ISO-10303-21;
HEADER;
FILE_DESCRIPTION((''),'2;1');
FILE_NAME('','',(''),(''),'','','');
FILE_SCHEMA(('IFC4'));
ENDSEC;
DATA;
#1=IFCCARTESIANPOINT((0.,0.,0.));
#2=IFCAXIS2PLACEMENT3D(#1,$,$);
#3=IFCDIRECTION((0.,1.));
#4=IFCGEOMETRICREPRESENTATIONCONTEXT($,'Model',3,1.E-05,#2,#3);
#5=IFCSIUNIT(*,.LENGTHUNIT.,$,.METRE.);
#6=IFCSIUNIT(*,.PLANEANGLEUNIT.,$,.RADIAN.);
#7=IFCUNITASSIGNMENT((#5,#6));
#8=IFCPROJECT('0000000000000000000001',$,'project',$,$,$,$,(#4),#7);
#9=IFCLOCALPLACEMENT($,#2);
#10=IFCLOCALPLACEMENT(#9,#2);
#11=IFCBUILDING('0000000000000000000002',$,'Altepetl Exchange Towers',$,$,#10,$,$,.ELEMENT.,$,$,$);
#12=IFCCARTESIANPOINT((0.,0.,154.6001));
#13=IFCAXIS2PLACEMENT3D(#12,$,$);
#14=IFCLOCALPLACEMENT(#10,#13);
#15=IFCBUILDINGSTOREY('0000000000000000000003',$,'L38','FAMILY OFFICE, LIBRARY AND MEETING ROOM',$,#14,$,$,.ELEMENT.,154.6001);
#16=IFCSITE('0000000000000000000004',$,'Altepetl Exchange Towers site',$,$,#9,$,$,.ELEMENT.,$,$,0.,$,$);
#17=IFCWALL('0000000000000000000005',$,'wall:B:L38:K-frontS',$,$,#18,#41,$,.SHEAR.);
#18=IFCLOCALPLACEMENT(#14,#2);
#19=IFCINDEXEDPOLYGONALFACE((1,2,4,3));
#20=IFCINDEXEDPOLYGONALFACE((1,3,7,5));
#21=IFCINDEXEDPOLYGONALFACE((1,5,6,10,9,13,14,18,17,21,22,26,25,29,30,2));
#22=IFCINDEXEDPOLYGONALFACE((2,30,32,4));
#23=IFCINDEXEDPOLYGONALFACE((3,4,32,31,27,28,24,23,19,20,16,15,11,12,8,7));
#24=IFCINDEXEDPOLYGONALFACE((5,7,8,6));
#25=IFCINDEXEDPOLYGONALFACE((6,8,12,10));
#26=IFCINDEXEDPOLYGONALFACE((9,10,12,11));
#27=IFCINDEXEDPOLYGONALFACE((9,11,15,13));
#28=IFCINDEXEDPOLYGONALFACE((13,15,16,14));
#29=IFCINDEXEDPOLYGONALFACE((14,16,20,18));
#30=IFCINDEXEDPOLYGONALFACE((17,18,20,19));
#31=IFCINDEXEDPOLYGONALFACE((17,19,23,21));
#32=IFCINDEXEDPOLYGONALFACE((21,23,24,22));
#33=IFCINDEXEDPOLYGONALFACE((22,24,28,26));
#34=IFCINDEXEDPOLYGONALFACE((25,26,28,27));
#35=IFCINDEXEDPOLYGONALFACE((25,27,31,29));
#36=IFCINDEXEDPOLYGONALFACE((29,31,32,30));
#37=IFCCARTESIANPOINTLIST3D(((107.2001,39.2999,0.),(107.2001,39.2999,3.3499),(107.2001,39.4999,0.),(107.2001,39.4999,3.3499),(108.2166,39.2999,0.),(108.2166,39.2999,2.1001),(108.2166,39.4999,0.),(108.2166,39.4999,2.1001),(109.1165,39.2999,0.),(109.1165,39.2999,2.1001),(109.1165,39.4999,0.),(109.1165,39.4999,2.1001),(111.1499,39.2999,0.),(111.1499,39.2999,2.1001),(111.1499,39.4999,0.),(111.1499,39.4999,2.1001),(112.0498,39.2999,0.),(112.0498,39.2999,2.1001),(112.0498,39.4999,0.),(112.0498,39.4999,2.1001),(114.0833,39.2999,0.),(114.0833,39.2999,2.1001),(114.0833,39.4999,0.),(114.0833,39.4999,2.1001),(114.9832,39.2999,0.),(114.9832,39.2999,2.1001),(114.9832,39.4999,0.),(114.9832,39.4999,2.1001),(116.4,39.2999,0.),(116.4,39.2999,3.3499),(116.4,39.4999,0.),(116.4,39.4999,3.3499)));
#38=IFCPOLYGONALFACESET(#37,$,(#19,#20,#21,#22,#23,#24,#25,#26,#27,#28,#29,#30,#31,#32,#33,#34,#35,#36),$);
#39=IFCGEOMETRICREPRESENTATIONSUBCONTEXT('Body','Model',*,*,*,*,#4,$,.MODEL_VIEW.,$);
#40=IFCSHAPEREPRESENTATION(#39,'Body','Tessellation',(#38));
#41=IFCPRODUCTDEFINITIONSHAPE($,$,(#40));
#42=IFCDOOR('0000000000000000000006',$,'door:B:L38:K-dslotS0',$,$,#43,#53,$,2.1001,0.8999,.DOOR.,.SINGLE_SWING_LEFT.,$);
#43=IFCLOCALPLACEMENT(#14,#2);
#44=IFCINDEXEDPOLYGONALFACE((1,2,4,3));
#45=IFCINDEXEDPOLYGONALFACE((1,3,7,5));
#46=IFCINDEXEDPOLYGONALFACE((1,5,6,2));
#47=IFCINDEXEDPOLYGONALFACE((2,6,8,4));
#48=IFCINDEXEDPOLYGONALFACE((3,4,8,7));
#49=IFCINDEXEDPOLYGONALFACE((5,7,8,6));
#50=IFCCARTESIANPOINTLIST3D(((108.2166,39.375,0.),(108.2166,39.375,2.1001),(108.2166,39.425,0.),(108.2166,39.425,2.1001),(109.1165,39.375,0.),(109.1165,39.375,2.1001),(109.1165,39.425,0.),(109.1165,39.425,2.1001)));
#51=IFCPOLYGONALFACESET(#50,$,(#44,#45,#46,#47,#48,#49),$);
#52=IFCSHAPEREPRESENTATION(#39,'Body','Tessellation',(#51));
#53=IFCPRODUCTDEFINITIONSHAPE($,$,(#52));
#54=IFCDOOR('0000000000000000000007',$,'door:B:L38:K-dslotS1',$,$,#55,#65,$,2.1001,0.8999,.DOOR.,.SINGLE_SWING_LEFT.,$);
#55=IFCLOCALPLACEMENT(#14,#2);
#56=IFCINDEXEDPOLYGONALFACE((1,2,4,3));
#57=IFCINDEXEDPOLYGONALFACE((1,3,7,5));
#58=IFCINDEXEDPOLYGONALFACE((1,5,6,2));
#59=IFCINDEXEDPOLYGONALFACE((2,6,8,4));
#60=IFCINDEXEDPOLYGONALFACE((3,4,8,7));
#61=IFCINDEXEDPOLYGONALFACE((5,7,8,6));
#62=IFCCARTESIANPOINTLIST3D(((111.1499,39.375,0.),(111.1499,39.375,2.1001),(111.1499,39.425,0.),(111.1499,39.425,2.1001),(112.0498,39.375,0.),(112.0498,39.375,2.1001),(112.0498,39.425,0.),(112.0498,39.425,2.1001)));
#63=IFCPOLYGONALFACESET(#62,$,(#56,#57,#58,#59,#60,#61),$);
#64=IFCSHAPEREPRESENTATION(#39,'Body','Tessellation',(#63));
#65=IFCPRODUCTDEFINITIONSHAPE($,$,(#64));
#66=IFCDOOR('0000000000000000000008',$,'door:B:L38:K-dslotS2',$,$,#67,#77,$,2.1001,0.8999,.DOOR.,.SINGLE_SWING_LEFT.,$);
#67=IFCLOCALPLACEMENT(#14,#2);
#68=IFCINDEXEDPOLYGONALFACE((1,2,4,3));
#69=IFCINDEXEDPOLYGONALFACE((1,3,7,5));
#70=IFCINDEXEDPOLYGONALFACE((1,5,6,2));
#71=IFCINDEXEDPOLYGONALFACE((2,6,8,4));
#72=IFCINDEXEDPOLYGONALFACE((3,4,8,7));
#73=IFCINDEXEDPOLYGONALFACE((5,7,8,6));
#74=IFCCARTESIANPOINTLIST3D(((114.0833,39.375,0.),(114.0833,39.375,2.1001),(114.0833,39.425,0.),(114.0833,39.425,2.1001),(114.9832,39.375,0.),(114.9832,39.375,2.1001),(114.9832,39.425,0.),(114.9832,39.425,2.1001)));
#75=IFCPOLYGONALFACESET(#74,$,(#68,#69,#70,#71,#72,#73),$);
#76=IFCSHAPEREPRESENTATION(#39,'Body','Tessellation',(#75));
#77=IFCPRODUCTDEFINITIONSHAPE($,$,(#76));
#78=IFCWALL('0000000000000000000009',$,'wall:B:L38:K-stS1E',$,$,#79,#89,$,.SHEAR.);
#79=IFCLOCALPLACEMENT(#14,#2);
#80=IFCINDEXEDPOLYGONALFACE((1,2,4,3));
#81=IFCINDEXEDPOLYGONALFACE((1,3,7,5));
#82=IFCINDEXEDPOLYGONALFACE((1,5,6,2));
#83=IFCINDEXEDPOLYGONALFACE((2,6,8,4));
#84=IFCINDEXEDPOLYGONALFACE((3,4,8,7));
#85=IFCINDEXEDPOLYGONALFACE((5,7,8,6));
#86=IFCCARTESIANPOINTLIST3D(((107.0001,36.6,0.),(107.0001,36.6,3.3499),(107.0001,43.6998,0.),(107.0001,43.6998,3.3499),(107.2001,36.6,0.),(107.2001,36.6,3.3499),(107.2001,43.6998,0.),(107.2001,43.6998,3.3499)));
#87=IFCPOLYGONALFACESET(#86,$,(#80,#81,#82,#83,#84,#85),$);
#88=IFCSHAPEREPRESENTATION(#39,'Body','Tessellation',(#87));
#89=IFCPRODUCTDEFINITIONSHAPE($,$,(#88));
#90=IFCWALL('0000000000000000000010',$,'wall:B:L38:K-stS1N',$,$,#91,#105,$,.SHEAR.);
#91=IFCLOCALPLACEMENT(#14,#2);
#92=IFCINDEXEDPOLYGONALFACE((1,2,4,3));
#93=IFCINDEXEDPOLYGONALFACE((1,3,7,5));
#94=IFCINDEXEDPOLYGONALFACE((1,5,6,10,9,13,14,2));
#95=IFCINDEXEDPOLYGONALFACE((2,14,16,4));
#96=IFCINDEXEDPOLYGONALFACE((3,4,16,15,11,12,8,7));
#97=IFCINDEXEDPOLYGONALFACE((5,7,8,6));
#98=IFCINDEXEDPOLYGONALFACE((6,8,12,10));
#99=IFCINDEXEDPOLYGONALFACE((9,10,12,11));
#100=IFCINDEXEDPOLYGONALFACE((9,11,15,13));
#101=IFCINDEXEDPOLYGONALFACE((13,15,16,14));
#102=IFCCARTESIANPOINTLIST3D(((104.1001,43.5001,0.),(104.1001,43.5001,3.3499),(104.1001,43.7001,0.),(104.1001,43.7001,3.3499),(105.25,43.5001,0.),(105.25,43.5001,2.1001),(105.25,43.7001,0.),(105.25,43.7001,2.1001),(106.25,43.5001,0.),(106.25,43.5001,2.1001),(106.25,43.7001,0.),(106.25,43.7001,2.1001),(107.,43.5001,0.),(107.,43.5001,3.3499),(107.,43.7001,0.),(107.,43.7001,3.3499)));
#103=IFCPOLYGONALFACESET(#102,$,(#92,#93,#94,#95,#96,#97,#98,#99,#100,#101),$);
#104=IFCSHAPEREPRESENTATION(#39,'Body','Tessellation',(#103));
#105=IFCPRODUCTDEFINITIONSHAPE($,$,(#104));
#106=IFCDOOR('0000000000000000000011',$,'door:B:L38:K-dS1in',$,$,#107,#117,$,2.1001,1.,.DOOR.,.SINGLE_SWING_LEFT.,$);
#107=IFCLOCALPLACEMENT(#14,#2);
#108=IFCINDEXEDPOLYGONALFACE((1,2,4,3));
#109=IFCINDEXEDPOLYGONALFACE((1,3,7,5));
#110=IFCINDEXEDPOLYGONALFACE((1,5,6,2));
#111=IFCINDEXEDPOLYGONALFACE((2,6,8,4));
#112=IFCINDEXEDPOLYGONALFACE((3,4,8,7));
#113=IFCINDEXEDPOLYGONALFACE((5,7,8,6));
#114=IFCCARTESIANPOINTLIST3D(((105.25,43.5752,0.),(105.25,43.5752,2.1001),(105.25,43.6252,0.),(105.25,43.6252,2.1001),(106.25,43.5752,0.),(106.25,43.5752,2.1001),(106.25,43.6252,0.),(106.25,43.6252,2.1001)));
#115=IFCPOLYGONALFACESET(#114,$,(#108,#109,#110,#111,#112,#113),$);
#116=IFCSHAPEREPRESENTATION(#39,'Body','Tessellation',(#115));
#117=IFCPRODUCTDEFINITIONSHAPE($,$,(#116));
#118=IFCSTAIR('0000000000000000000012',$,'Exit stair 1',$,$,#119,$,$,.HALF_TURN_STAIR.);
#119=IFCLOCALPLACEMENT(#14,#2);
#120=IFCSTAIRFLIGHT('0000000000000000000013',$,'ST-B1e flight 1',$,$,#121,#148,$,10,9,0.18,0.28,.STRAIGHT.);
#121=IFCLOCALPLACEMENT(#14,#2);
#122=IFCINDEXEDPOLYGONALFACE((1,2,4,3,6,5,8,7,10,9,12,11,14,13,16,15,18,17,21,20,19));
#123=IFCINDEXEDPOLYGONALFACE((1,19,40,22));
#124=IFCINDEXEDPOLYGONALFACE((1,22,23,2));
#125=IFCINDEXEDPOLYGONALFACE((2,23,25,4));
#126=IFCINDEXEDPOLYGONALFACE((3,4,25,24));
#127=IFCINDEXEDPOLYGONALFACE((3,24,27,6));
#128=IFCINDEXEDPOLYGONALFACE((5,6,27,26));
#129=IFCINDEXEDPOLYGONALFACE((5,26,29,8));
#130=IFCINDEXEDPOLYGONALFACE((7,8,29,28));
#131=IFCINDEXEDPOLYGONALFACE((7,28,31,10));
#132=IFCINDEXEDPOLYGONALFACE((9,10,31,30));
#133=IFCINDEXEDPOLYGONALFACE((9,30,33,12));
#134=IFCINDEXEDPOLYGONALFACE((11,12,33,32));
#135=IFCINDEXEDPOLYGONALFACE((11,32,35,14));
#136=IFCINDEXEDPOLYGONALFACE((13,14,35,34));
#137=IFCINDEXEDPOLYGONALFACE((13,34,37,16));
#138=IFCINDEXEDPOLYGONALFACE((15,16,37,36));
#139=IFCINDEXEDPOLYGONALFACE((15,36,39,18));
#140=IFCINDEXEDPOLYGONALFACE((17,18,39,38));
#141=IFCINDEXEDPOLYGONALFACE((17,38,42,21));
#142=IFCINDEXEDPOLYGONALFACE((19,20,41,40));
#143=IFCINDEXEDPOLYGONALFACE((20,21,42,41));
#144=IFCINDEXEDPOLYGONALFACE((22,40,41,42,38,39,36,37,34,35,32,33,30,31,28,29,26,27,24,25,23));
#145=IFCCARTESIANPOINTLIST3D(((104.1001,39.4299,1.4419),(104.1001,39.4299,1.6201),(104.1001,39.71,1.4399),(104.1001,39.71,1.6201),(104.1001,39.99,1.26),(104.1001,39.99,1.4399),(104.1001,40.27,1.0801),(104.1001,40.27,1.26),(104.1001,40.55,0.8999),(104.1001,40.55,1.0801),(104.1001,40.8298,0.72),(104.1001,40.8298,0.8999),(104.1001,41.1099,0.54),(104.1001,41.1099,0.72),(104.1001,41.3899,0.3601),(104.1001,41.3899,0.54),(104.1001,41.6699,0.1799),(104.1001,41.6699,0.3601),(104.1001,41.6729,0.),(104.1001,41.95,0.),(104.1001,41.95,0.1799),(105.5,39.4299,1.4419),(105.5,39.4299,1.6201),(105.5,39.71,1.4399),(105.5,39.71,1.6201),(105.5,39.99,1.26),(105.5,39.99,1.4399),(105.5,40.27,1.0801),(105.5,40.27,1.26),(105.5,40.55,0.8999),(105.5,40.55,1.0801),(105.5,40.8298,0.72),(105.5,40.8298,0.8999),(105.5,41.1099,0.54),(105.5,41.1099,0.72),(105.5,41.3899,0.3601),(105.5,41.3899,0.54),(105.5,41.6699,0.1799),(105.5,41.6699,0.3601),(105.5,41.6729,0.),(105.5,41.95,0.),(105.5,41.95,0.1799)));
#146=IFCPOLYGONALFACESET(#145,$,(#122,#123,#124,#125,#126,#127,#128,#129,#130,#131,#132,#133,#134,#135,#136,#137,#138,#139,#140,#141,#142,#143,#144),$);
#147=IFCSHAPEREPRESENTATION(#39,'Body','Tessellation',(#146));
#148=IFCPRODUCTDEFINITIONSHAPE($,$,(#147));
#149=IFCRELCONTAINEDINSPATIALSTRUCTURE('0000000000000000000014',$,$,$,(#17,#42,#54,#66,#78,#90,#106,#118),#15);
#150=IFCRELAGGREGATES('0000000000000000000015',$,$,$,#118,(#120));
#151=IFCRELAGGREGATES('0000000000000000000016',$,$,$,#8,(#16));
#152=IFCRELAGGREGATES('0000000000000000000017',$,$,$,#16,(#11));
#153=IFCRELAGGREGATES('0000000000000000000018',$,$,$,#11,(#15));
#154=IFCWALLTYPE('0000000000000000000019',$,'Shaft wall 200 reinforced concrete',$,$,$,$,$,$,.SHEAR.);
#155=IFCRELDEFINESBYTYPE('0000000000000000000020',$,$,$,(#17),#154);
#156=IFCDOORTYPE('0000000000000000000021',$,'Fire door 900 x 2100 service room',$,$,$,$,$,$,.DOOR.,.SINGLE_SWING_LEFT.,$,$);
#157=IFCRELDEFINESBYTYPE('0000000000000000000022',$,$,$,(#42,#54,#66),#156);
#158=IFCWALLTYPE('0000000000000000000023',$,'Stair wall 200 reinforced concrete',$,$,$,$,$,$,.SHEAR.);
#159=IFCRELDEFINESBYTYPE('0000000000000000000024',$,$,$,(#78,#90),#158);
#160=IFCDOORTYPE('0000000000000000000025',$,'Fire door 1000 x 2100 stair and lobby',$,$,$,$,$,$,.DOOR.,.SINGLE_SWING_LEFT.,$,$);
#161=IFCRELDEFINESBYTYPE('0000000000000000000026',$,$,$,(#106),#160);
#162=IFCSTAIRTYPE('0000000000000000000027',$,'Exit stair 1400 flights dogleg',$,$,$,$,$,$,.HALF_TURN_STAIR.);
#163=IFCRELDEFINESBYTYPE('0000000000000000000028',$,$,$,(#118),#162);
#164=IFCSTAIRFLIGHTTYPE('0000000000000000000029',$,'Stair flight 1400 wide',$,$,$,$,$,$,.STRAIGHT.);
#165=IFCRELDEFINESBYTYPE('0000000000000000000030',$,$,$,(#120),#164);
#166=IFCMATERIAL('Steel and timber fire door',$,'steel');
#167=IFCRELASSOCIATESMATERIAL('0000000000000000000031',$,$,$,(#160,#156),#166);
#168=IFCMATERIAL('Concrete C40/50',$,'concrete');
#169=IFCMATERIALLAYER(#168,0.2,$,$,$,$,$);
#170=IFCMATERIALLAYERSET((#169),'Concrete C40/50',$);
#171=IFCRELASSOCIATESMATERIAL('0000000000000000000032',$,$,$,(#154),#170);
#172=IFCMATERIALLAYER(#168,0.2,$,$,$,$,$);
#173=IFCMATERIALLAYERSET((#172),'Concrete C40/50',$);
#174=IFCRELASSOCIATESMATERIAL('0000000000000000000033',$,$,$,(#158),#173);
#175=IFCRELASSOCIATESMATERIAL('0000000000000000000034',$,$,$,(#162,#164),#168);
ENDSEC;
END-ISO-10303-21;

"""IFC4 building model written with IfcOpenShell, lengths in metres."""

from ifc_helpers import new_model, si_unit, direction, frame, frame_2d, origin, place, context, subcontext, project, spatial, polyline, rectangle, outline, extrude, material, layer, layer_set, type_object, element, fill, aggregate, save


model = new_model("IFC4")

# Units and contexts
model_context = context("Model", 3, precision=1e-05, world=origin(), true_north=direction((0.0, 1.0)))
body_context = subcontext(model_context, "Body", "Model", "MODEL_VIEW")
ifc_project = project(units=[si_unit("LENGTHUNIT", "METRE"), si_unit("PLANEANGLEUNIT", "RADIAN")], contexts=[model_context])

# Site, building, storey
site_placement = place(None, origin())
site = spatial("IfcSite", under=ifc_project, at=site_placement, Name="Altepetl Exchange Towers site", CompositionType="ELEMENT", RefElevation=0.0)
building_placement = place(site_placement, origin())
building = spatial("IfcBuilding", under=site, at=building_placement, Name="Altepetl Exchange Towers", CompositionType="ELEMENT")
storey_placement = place(building_placement, frame((0.0, 0.0, 154.6001)))
storey = spatial("IfcBuildingStorey", under=building, at=storey_placement, Name="L38", Description="FAMILY OFFICE, LIBRARY AND MEETING ROOM", CompositionType="ELEMENT", Elevation=154.6001)

# Shared definitions
ifc_material_1 = material(Name="Steel and timber fire door", Category="steel")
door_type_1 = type_object("IfcDoorType", Name="Fire door 1000 x 2100 stair and lobby", OperationType="SINGLE_SWING_LEFT", PredefinedType="DOOR", material=ifc_material_1)

# Shared definitions
door_type_2 = type_object("IfcDoorType", Name="Fire door 900 x 2100 service room", OperationType="SINGLE_SWING_LEFT", PredefinedType="DOOR", material=ifc_material_1)
ifc_material_2 = material(Name="Concrete C40/50", Category="concrete")
ifc_layer_1 = layer(ifc_material_2, 0.2)
ifc_layer_set_1 = layer_set([ifc_layer_1], Name="Concrete C40/50")
wall_type_1 = type_object("IfcWallType", Name="Shaft wall 200 reinforced concrete", PredefinedType="SHEAR", material=ifc_layer_set_1)

# Wall, openings, doors
wall_1_placement = place(storey_placement, frame((107.2, 39.3999, 0.0)))
wall_1 = element("IfcWall", 1, at=wall_1_placement, inside=storey, type_object=wall_type_1, Name="wall:B:L38:K-frontS", PredefinedType="SHEAR", context=body_context, shape_type="SweptSolid", body=[
    extrude(rectangle(XDim=9.2, YDim=0.2, at=frame_2d((4.6001, 0.0))), origin(), (0.0, 0.0, 1.0), 3.3499),
])
opening_1_placement = place(wall_1_placement, frame((1.0166, 0.0, 0.0)))
opening_1 = element("IfcOpeningElement", 2, at=opening_1_placement, cuts=wall_1, PredefinedType="OPENING", context=body_context, shape_type="SweptSolid", body=[
    extrude(rectangle(XDim=0.8999, YDim=2.1001, at=frame_2d((0.45, 1.05))), frame((0.0, 0.1099, 0.0), z_axis=(0.0, -1.0, 0.0), x_axis=(1.0, 0.0, 0.0)), (0.0, 0.0, 1.0), 0.22),
])
opening_2_placement = place(wall_1_placement, frame((3.95, 0.0, 0.0)))
opening_2 = element("IfcOpeningElement", 3, at=opening_2_placement, cuts=wall_1, PredefinedType="OPENING", context=body_context, shape_type="SweptSolid", body=[
    extrude(rectangle(XDim=0.8999, YDim=2.1001, at=frame_2d((0.45, 1.05))), frame((0.0, 0.1099, 0.0), z_axis=(0.0, -1.0, 0.0), x_axis=(1.0, 0.0, 0.0)), (0.0, 0.0, 1.0), 0.22),
])
opening_3_placement = place(wall_1_placement, frame((6.8833, 0.0, 0.0)))
opening_3 = element("IfcOpeningElement", 4, at=opening_3_placement, cuts=wall_1, PredefinedType="OPENING", context=body_context, shape_type="SweptSolid", body=[
    extrude(rectangle(XDim=0.8999, YDim=2.1001, at=frame_2d((0.45, 1.05))), frame((0.0, 0.1099, 0.0), z_axis=(0.0, -1.0, 0.0), x_axis=(1.0, 0.0, 0.0)), (0.0, 0.0, 1.0), 0.22),
])
door_1_placement = place(opening_1_placement, frame((0.8999, 0.0, 0.0), x_axis=(-1.0, 0.0, 0.0)))
door_1 = element("IfcDoor", 5, at=door_1_placement, inside=storey, type_object=door_type_2, Name="door:B:L38:K-dslotS0", OperationType="SINGLE_SWING_LEFT", OverallHeight=2.1001, OverallWidth=0.8999, PredefinedType="DOOR", context=body_context, shape_type="SweptSolid", body=[
    extrude(rectangle(XDim=0.8999, YDim=2.1001, at=frame_2d((0.45, 1.05))), frame((0.0, 0.0249, 0.0), z_axis=(0.0, -1.0, 0.0), x_axis=(1.0, 0.0, 0.0)), (0.0, 0.0, 1.0), 0.05),
])
fill(opening_1, door_1)
door_2_placement = place(opening_2_placement, frame((0.8999, 0.0, 0.0), x_axis=(-1.0, 0.0, 0.0)))
door_2 = element("IfcDoor", 6, at=door_2_placement, inside=storey, type_object=door_type_2, Name="door:B:L38:K-dslotS1", OperationType="SINGLE_SWING_LEFT", OverallHeight=2.1001, OverallWidth=0.8999, PredefinedType="DOOR", context=body_context, shape_type="SweptSolid", body=[
    extrude(rectangle(XDim=0.8999, YDim=2.1001, at=frame_2d((0.45, 1.05))), frame((0.0, 0.0249, 0.0), z_axis=(0.0, -1.0, 0.0), x_axis=(1.0, 0.0, 0.0)), (0.0, 0.0, 1.0), 0.05),
])
fill(opening_2, door_2)
door_3_placement = place(opening_3_placement, frame((0.8999, 0.0, 0.0), x_axis=(-1.0, 0.0, 0.0)))
door_3 = element("IfcDoor", 7, at=door_3_placement, inside=storey, type_object=door_type_2, Name="door:B:L38:K-dslotS2", OperationType="SINGLE_SWING_LEFT", OverallHeight=2.1001, OverallWidth=0.8999, PredefinedType="DOOR", context=body_context, shape_type="SweptSolid", body=[
    extrude(rectangle(XDim=0.8999, YDim=2.1001, at=frame_2d((0.45, 1.05))), frame((0.0, 0.0249, 0.0), z_axis=(0.0, -1.0, 0.0), x_axis=(1.0, 0.0, 0.0)), (0.0, 0.0, 1.0), 0.05),
])
fill(opening_3, door_3)

# Wall
ifc_layer_2 = layer(ifc_material_2, 0.2)
ifc_layer_set_2 = layer_set([ifc_layer_2], Name="Concrete C40/50")
wall_type_2 = type_object("IfcWallType", Name="Stair wall 200 reinforced concrete", PredefinedType="SHEAR", material=ifc_layer_set_2)
wall_2_placement = place(storey_placement, frame((107.1001, 36.6001, 0.0), z_axis=(0.0, 0.0, 1.0), x_axis=(0.0, 1.0, 0.0)))
element("IfcWall", 8, at=wall_2_placement, inside=storey, type_object=wall_type_2, Name="wall:B:L38:K-stS1E", PredefinedType="SHEAR", context=body_context, shape_type="SweptSolid", body=[
    extrude(rectangle(XDim=7.0999, YDim=0.2, at=frame_2d((3.5498, 0.0))), origin(), (0.0, 0.0, 1.0), 3.3499),
])

# Wall, opening, door
wall_3_placement = place(storey_placement, frame((104.1001, 43.6001, 0.0)))
wall_3 = element("IfcWall", 9, at=wall_3_placement, inside=storey, type_object=wall_type_2, Name="wall:B:L38:K-stS1N", PredefinedType="SHEAR", context=body_context, shape_type="SweptSolid", body=[
    extrude(rectangle(XDim=2.8999, YDim=0.2, at=frame_2d((1.45, 0.0))), origin(), (0.0, 0.0, 1.0), 3.3499),
])
opening_4_placement = place(wall_3_placement, frame((1.1499, 0.0, 0.0)))
opening_4 = element("IfcOpeningElement", 10, at=opening_4_placement, cuts=wall_3, PredefinedType="OPENING", context=body_context, shape_type="SweptSolid", body=[
    extrude(rectangle(XDim=1.0, YDim=2.1001, at=frame_2d((0.5, 1.05))), frame((0.0, 0.1099, 0.0), z_axis=(0.0, -1.0, 0.0), x_axis=(1.0, 0.0, 0.0)), (0.0, 0.0, 1.0), 0.22),
])
door_4_placement = place(opening_4_placement, frame((1.0, 0.0, 0.0), x_axis=(-1.0, 0.0, 0.0)))
door_4 = element("IfcDoor", 11, at=door_4_placement, inside=storey, type_object=door_type_1, Name="door:B:L38:K-dS1in", OperationType="SINGLE_SWING_LEFT", OverallHeight=2.1001, OverallWidth=1.0, PredefinedType="DOOR", context=body_context, shape_type="SweptSolid", body=[
    extrude(rectangle(XDim=1.0, YDim=2.1001, at=frame_2d((0.5, 1.05))), frame((0.0, 0.0249, 0.0), z_axis=(0.0, -1.0, 0.0), x_axis=(1.0, 0.0, 0.0)), (0.0, 0.0, 1.0), 0.05),
])
fill(opening_4, door_4)

# Stair, stair flight
stair_type = type_object("IfcStairType", Name="Exit stair 1400 flights dogleg", PredefinedType="HALF_TURN_STAIR", material=ifc_material_2)
stair_placement = place(storey_placement, origin())
stair = element("IfcStair", 12, at=stair_placement, inside=storey, type_object=stair_type, Name="Exit stair 1", PredefinedType="HALF_TURN_STAIR")
stair_flight_type = type_object("IfcStairFlightType", Name="Stair flight 1400 wide", PredefinedType="STRAIGHT", material=ifc_material_2)
stair_flight_1_placement = place(storey_placement, frame((104.8, 41.95, 0.0), z_axis=(0.0, 0.0, 1.0), x_axis=(0.0, -1.0, 0.0)))
stair_flight_1 = element("IfcStairFlight", 13, at=stair_flight_1_placement, type_object=stair_flight_type, Name="ST-B1e flight 1", NumberOfRisers=10, NumberOfTreads=9, PredefinedType="STRAIGHT", RiserHeight=0.18, TreadLength=0.28, context=body_context, shape_type="SweptSolid", body=[
    extrude(outline(polyline([(0.0, 0.0), (0.0, 0.1799), (0.28, 0.1799), (0.28, 0.3601), (0.5601, 0.3601), (0.5601, 0.54), (0.8401, 0.54), (0.8401, 0.72), (1.1201, 0.72), (1.1201, 0.8999), (1.3999, 0.8999), (1.3999, 1.0801), (1.6799, 1.0801), (1.6799, 1.26), (1.96, 1.26), (1.96, 1.4399), (2.24, 1.4399), (2.24, 1.6201), (2.52, 1.6201), (2.52, 1.8), (2.52, 1.4419), (0.2771, 0.0), (0.0, 0.0)])), frame((0.0, 0.7, 0.0), z_axis=(0.0, -1.0, 0.0), x_axis=(1.0, 0.0, 0.0)), (0.0, 0.0, 1.0), 1.3999),
])
aggregate(stair, [stair_flight_1])

save(model, "model.ifc")
